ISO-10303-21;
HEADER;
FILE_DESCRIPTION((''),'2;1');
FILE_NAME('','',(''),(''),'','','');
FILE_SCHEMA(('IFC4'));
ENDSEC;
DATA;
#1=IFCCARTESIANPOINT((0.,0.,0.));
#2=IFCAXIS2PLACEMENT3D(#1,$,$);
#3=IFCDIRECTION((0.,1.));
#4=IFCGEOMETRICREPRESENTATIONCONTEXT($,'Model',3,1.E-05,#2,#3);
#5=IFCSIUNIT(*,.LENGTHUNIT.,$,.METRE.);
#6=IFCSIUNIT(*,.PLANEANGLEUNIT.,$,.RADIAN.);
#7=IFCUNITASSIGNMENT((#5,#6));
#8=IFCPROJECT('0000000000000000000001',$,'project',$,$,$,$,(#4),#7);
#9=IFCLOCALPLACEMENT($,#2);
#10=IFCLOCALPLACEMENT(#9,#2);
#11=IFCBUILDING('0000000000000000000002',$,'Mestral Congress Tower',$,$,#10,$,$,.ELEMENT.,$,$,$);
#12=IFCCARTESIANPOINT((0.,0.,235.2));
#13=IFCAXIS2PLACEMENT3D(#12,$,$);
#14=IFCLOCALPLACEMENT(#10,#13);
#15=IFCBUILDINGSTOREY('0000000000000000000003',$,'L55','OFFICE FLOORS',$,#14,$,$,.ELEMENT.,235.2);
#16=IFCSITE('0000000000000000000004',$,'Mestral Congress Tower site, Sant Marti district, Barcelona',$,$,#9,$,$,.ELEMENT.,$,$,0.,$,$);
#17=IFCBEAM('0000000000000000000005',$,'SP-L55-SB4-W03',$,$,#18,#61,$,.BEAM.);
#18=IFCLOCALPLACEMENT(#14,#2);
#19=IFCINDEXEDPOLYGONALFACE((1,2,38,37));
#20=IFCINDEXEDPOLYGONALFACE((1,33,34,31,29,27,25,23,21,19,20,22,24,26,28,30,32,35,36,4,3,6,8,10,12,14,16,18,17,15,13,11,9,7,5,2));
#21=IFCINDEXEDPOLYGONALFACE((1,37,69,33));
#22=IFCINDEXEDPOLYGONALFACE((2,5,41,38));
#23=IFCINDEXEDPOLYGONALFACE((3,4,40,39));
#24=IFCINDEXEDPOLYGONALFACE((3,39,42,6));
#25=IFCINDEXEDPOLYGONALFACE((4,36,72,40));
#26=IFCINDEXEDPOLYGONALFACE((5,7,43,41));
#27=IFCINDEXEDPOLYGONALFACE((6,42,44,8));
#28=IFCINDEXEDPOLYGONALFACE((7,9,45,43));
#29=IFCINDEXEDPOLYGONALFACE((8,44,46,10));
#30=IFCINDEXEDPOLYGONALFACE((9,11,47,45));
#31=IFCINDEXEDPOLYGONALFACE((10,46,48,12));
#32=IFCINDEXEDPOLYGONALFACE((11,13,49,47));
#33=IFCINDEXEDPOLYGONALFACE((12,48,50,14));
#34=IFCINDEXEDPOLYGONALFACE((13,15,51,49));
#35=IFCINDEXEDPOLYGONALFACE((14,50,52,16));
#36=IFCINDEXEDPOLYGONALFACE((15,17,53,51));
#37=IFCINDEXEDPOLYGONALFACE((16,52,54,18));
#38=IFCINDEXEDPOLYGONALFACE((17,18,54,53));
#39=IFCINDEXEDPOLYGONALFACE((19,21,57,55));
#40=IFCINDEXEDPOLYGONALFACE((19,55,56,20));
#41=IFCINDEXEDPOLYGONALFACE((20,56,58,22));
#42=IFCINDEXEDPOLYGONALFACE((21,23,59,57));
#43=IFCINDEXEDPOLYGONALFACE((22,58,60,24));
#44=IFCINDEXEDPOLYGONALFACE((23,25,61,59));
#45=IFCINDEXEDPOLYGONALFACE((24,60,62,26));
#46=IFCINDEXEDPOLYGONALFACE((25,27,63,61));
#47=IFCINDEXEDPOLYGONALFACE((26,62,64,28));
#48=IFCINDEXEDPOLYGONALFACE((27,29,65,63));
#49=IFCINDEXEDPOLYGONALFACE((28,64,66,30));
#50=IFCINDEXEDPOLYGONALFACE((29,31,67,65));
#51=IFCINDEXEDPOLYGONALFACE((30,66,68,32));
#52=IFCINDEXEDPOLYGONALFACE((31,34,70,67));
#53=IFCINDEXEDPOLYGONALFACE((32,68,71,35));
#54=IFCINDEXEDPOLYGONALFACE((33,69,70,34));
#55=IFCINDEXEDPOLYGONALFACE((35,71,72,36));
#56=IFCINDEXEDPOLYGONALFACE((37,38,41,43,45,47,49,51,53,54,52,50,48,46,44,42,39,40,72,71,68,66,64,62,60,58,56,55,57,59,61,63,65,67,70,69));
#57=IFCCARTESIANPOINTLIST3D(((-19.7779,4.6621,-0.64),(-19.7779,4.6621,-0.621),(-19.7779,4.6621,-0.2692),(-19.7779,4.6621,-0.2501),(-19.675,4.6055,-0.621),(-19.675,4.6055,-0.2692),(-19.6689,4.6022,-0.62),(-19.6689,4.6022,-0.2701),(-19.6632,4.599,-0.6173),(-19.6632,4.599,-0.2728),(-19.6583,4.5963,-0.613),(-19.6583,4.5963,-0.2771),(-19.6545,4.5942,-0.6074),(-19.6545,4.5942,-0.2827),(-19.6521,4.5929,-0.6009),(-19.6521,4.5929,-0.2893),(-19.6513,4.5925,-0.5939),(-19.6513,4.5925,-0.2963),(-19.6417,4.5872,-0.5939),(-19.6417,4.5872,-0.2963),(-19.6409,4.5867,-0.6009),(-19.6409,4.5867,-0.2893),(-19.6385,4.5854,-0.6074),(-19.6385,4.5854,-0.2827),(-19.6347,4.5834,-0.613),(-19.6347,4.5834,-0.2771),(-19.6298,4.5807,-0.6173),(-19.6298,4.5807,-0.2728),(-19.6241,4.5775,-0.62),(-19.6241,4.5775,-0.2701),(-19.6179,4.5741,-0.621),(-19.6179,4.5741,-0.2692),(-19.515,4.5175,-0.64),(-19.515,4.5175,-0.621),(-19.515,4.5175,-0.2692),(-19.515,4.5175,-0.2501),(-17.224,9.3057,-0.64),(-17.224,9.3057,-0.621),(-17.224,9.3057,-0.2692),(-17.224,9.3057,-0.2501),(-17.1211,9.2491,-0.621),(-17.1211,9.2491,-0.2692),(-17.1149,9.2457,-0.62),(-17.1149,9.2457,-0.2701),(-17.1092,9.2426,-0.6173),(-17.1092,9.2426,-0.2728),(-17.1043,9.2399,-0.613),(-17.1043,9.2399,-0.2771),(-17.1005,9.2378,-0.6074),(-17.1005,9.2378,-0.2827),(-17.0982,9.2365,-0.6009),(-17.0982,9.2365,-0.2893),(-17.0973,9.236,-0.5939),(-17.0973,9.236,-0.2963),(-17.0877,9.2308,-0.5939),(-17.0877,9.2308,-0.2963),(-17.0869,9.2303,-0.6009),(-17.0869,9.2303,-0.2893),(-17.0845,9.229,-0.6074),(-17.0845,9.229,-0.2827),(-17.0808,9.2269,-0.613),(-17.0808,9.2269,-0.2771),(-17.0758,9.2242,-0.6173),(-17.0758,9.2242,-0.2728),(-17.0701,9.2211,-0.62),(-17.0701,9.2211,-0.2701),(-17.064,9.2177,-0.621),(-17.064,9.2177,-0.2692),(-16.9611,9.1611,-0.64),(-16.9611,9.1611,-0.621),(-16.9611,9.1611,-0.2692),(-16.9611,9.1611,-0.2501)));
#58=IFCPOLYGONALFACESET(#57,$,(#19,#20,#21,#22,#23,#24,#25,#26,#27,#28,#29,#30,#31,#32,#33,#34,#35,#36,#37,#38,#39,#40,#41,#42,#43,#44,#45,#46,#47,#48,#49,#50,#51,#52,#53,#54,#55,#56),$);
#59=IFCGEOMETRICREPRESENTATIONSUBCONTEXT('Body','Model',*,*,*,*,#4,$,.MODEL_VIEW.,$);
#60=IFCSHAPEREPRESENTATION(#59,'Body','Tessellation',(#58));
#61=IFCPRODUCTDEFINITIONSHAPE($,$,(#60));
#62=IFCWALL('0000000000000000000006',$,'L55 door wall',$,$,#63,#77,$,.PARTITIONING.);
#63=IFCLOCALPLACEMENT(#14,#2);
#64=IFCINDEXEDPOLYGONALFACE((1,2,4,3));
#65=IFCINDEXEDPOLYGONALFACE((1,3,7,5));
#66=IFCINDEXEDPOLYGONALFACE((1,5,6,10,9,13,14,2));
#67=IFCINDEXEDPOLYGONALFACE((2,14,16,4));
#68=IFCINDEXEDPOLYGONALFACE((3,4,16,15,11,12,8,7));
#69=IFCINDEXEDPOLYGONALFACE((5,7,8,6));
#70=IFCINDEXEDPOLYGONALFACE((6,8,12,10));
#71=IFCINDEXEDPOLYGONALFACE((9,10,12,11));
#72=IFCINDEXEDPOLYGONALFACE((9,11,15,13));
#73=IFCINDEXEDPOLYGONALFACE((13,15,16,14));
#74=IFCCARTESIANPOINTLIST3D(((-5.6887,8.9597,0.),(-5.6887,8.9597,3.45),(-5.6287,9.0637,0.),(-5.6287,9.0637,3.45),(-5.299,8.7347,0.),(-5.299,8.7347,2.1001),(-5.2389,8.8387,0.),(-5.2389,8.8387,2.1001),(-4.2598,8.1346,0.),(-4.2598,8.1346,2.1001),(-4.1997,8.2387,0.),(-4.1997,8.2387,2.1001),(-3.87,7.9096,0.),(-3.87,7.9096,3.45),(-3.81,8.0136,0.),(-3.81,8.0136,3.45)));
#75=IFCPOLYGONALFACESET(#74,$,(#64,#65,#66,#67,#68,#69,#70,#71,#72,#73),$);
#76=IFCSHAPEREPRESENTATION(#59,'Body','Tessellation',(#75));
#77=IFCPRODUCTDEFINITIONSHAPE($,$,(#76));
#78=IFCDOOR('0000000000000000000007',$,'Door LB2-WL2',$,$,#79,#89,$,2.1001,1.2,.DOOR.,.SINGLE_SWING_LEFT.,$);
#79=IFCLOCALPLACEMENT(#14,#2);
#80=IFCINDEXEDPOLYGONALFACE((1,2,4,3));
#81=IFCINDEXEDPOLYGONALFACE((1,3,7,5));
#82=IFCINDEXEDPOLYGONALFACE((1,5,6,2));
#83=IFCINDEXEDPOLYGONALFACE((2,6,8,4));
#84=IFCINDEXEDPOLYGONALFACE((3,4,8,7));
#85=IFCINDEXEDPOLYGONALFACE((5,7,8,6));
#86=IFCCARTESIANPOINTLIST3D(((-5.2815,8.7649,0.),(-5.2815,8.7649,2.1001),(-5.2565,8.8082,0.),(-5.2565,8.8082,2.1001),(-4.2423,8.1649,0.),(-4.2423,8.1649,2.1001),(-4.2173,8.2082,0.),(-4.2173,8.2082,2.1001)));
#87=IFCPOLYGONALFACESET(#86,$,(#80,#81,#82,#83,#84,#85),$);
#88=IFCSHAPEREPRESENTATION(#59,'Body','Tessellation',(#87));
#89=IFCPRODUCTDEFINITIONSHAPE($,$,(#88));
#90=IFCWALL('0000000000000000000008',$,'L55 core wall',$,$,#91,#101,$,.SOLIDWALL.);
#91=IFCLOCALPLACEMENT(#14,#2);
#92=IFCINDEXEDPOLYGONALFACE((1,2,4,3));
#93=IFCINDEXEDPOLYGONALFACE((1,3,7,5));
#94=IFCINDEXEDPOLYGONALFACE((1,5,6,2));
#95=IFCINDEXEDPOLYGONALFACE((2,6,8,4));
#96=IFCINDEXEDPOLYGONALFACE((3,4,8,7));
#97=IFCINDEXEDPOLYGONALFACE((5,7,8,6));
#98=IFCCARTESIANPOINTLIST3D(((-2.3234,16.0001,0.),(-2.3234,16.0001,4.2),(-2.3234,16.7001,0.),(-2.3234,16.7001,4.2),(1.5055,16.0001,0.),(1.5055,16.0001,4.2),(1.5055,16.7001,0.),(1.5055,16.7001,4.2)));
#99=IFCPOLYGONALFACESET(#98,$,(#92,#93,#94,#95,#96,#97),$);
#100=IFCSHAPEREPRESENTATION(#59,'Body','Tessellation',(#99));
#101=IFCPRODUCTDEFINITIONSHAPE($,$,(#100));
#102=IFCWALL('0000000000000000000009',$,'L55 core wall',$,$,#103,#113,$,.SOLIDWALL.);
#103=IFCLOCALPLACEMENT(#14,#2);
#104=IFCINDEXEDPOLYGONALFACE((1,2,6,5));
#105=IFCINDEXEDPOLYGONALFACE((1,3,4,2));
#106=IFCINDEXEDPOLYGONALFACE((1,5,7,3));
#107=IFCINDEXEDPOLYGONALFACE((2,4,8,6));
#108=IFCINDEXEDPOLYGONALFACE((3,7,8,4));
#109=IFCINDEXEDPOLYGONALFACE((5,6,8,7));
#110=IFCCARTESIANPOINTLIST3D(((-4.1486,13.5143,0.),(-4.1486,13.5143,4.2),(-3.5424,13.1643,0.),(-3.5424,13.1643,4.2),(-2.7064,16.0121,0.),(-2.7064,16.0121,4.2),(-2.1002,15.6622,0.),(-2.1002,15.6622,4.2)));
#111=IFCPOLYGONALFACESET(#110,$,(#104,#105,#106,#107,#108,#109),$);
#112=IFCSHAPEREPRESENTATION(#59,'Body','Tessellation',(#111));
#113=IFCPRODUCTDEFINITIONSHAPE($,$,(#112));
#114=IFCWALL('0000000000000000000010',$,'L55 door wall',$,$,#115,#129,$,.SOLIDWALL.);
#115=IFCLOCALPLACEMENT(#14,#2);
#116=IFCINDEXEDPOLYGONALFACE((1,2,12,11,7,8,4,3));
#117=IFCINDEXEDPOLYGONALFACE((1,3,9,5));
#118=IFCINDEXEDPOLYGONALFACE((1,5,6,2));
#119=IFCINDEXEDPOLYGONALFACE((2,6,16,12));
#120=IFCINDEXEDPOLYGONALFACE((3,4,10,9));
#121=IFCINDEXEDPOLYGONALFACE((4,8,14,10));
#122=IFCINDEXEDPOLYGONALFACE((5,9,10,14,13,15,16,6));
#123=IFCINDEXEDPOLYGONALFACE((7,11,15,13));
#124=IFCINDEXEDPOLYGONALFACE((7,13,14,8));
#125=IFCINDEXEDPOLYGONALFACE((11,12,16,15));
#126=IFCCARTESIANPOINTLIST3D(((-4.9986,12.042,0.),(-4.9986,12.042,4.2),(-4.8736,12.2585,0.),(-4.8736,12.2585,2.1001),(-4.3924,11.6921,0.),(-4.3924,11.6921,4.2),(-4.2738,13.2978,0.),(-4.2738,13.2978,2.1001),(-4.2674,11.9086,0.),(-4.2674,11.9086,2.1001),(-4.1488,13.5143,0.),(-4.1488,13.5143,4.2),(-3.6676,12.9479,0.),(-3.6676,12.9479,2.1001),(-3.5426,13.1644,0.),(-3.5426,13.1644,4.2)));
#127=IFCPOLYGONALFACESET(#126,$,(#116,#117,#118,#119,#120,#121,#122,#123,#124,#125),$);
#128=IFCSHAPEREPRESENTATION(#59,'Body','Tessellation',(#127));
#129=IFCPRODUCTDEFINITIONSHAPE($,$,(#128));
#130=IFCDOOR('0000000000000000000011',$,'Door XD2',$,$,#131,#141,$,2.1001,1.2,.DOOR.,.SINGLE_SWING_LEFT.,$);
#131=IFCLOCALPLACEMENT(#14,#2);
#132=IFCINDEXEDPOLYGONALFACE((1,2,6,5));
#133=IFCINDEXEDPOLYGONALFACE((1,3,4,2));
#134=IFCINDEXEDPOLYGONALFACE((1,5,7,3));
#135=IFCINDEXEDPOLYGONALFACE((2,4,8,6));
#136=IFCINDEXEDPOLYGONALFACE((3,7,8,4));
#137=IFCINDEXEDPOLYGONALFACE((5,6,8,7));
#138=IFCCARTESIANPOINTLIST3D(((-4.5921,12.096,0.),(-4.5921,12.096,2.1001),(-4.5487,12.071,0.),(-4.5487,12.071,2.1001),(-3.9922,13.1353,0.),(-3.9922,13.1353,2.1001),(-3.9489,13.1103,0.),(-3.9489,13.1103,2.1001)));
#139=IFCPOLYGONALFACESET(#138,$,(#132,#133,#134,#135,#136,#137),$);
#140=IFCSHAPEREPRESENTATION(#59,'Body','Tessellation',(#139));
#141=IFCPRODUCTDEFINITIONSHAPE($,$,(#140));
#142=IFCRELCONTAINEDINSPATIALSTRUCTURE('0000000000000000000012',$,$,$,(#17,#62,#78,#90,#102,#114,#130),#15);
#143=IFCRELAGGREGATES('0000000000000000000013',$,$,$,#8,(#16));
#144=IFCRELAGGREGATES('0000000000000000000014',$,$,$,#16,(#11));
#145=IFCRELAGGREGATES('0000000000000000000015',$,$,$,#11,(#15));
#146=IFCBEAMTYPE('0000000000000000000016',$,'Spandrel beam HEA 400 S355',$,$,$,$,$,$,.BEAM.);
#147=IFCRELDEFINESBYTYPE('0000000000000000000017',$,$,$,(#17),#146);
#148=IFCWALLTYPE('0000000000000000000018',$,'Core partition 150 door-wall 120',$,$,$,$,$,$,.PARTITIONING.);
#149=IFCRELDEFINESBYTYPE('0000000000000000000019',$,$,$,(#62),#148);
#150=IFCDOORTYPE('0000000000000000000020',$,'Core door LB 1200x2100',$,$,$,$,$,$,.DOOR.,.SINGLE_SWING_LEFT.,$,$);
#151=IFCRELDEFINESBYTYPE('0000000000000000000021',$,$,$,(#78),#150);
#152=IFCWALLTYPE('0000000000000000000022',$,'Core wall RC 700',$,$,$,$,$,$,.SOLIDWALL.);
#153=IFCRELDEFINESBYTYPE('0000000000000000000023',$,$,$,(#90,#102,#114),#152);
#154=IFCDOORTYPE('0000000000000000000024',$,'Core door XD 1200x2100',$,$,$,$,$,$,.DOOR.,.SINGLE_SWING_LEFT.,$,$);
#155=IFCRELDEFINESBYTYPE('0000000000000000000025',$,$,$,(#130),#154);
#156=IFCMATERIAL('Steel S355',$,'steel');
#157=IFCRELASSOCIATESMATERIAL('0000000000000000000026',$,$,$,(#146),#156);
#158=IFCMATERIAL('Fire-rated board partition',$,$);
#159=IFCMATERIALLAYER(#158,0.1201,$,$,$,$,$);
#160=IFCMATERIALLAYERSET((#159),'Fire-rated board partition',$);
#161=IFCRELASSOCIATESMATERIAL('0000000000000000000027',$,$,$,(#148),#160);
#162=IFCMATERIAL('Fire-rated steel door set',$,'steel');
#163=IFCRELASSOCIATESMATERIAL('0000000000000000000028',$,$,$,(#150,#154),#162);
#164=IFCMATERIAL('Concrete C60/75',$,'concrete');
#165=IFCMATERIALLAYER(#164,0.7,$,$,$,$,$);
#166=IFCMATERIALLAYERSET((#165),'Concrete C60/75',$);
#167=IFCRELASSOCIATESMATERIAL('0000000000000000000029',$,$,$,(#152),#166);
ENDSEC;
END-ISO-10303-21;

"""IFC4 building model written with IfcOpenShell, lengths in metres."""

from ifc_helpers import new_model, si_unit, direction, frame, frame_2d, origin, origin_2d, place, context, subcontext, project, spatial, rectangle, i_section, extrude, material, layer, layer_set, material_profile, profile_set, type_object, element, fill, save


model = new_model("IFC4")

# Units and contexts
model_context = context("Model", 3, precision=1e-05, world=origin(), true_north=direction((0.0, 1.0)))
body_context = subcontext(model_context, "Body", "Model", "MODEL_VIEW")
ifc_project = project(units=[si_unit("LENGTHUNIT", "METRE"), si_unit("PLANEANGLEUNIT", "RADIAN")], contexts=[model_context])

# Site, building, storey
site_placement = place(None, origin())
site = spatial("IfcSite", under=ifc_project, at=site_placement, Name="Mestral Congress Tower site, Sant Marti district, Barcelona", CompositionType="ELEMENT", RefElevation=0.0)
building_placement = place(site_placement, origin())
building = spatial("IfcBuilding", under=site, at=building_placement, Name="Mestral Congress Tower", CompositionType="ELEMENT")
storey_placement = place(building_placement, frame((0.0, 0.0, 235.2)))
storey = spatial("IfcBuildingStorey", under=building, at=storey_placement, Name="L55", Description="OFFICE FLOORS", CompositionType="ELEMENT", Elevation=235.2)

# Shared definitions
ifc_material_1 = material(Name="Concrete C60/75", Category="concrete")

# Beam
ifc_material_2 = material(Name="Steel S355", Category="steel")
ifc_material_profile_1 = material_profile(ifc_material_2, i_section(OverallWidth=0.3, OverallDepth=0.3899, WebThickness=0.011, FlangeThickness=0.019, FilletRadius=0.0271, at=origin_2d()), Name="HEA 400")
ifc_profile_set_1 = profile_set([ifc_material_profile_1], Name="Steel S355")
beam_type_1 = type_object("IfcBeamType", Name="Spandrel beam HEA 400 S355", PredefinedType="BEAM", material=ifc_profile_set_1)
beam_1_placement = place(storey_placement, frame((-17.0925, 9.2334, -0.4451), z_axis=(-0.481919, -0.876216, 0.0), x_axis=(0.876216, -0.481919, 0.0)))
element("IfcBeam", 1, at=beam_1_placement, inside=storey, type_object=beam_type_1, Name="SP-L55-SB4-W03", PredefinedType="BEAM", context=body_context, shape_type="SweptSolid", body=[
    extrude(i_section(OverallWidth=0.3, OverallDepth=0.3899, WebThickness=0.011, FlangeThickness=0.019, FilletRadius=0.0271, at=origin_2d()), origin(), (0.0, 0.0, 1.0), 5.2996),
])

# Wall, opening, door
ifc_material_3 = material(Name="Fire-rated board partition")
ifc_layer_1 = layer(ifc_material_3, 0.1201)
ifc_layer_set_1 = layer_set([ifc_layer_1], Name="Fire-rated board partition")
wall_type_1 = type_object("IfcWallType", Name="Core partition 150 door-wall 120", PredefinedType="PARTITIONING", material=ifc_layer_set_1)
wall_1_placement = place(storey_placement, frame((-5.6587, 9.0117, 0.0), z_axis=(0.0, 0.0, 1.0), x_axis=(0.866009, -0.500028, 0.0)))
wall_1 = element("IfcWall", 2, at=wall_1_placement, inside=storey, type_object=wall_type_1, Name="L55 door wall", PredefinedType="PARTITIONING", context=body_context, shape_type="SweptSolid", body=[
    extrude(rectangle(XDim=2.1001, YDim=0.1201, at=frame_2d((1.05, 0.0))), origin(), (0.0, 0.0, 1.0), 3.45),
])
opening_1_placement = place(wall_1_placement, frame((0.45, 0.0, 0.0)))
opening_1 = element("IfcOpeningElement", 3, at=opening_1_placement, cuts=wall_1, PredefinedType="OPENING", context=body_context, shape_type="SweptSolid", body=[
    extrude(rectangle(XDim=1.2, YDim=2.1001, at=frame_2d((0.6001, 1.05))), frame((0.0, 0.0701, 0.0), z_axis=(0.0, -1.0, 0.0), x_axis=(1.0, 0.0, 0.0)), (0.0, 0.0, 1.0), 0.1401),
])
ifc_material_4 = material(Name="Fire-rated steel door set", Category="steel")
door_type_1 = type_object("IfcDoorType", Name="Core door LB 1200x2100", OperationType="SINGLE_SWING_LEFT", PredefinedType="DOOR", material=ifc_material_4)
door_1_placement = place(opening_1_placement, origin())
door_1 = element("IfcDoor", 4, at=door_1_placement, inside=storey, type_object=door_type_1, Name="Door LB2-WL2", OperationType="SINGLE_SWING_LEFT", OverallHeight=2.1001, OverallWidth=1.2, PredefinedType="DOOR", context=body_context, shape_type="SweptSolid", body=[
    extrude(rectangle(XDim=1.2, YDim=2.1001, at=frame_2d((0.6001, 1.05))), frame((0.0, 0.0249, 0.0), z_axis=(0.0, -1.0, 0.0), x_axis=(1.0, 0.0, 0.0)), (0.0, 0.0, 1.0), 0.05),
])
fill(opening_1, door_1)

# Walls
ifc_layer_2 = layer(ifc_material_1, 0.7)
ifc_layer_set_2 = layer_set([ifc_layer_2], Name="Concrete C60/75")
wall_type_2 = type_object("IfcWallType", Name="Core wall RC 700", PredefinedType="SOLIDWALL", material=ifc_layer_set_2)
wall_2_placement = place(storey_placement, frame((-2.3235, 16.3501, 0.0), z_axis=(0.0, 0.0, 1.0), x_axis=(1.0, 0.0, 0.0)))
element("IfcWall", 5, at=wall_2_placement, inside=storey, type_object=wall_type_2, Name="L55 core wall", PredefinedType="SOLIDWALL", context=body_context, shape_type="SweptSolid", body=[
    extrude(rectangle(XDim=3.8289, YDim=0.7, at=frame_2d((1.9146, 0.0))), origin(), (0.0, 0.0, 1.0), 4.2),
])
wall_3_placement = place(storey_placement, frame((-2.4033, 15.8372, 0.0), z_axis=(0.0, 0.0, 1.0), x_axis=(-0.500008, -0.866021, 0.0)))
element("IfcWall", 6, at=wall_3_placement, inside=storey, type_object=wall_type_2, Name="L55 core wall", PredefinedType="SOLIDWALL", context=body_context, shape_type="SweptSolid", body=[
    extrude(rectangle(XDim=2.8843, YDim=0.7, at=frame_2d((1.4421, 0.0))), origin(), (0.0, 0.0, 1.0), 4.2),
])

# Wall, opening, door
wall_4_placement = place(storey_placement, frame((-4.6956, 11.8669, 0.0), z_axis=(0.0, 0.0, 1.0), x_axis=(0.499892, 0.866088, 0.0)))
wall_4 = element("IfcWall", 7, at=wall_4_placement, inside=storey, type_object=wall_type_2, Name="L55 door wall", PredefinedType="SOLIDWALL", context=body_context, shape_type="SweptSolid", body=[
    extrude(rectangle(XDim=1.7, YDim=0.7, at=frame_2d((0.8501, 0.0))), origin(), (0.0, 0.0, 1.0), 4.2),
])
opening_2_placement = place(wall_4_placement, frame((0.25, 0.0, 0.0)))
opening_2 = element("IfcOpeningElement", 8, at=opening_2_placement, cuts=wall_4, PredefinedType="OPENING", context=body_context, shape_type="SweptSolid", body=[
    extrude(rectangle(XDim=1.2, YDim=2.1001, at=frame_2d((0.6001, 1.05))), frame((0.0, 0.3599, 0.0), z_axis=(0.0, -1.0, 0.0), x_axis=(1.0, 0.0, 0.0)), (0.0, 0.0, 1.0), 0.72),
])
door_type_2 = type_object("IfcDoorType", Name="Core door XD 1200x2100", OperationType="SINGLE_SWING_LEFT", PredefinedType="DOOR", material=ifc_material_4)
door_2_placement = place(opening_2_placement, origin())
door_2 = element("IfcDoor", 9, at=door_2_placement, inside=storey, type_object=door_type_2, Name="Door XD2", OperationType="SINGLE_SWING_LEFT", OverallHeight=2.1001, OverallWidth=1.2, PredefinedType="DOOR", context=body_context, shape_type="SweptSolid", body=[
    extrude(rectangle(XDim=1.2, YDim=2.1001, at=frame_2d((0.6001, 1.05))), frame((0.0, 0.0249, 0.0), z_axis=(0.0, -1.0, 0.0), x_axis=(1.0, 0.0, 0.0)), (0.0, 0.0, 1.0), 0.05),
])
fill(opening_2, door_2)

save(model, "model.ifc")
